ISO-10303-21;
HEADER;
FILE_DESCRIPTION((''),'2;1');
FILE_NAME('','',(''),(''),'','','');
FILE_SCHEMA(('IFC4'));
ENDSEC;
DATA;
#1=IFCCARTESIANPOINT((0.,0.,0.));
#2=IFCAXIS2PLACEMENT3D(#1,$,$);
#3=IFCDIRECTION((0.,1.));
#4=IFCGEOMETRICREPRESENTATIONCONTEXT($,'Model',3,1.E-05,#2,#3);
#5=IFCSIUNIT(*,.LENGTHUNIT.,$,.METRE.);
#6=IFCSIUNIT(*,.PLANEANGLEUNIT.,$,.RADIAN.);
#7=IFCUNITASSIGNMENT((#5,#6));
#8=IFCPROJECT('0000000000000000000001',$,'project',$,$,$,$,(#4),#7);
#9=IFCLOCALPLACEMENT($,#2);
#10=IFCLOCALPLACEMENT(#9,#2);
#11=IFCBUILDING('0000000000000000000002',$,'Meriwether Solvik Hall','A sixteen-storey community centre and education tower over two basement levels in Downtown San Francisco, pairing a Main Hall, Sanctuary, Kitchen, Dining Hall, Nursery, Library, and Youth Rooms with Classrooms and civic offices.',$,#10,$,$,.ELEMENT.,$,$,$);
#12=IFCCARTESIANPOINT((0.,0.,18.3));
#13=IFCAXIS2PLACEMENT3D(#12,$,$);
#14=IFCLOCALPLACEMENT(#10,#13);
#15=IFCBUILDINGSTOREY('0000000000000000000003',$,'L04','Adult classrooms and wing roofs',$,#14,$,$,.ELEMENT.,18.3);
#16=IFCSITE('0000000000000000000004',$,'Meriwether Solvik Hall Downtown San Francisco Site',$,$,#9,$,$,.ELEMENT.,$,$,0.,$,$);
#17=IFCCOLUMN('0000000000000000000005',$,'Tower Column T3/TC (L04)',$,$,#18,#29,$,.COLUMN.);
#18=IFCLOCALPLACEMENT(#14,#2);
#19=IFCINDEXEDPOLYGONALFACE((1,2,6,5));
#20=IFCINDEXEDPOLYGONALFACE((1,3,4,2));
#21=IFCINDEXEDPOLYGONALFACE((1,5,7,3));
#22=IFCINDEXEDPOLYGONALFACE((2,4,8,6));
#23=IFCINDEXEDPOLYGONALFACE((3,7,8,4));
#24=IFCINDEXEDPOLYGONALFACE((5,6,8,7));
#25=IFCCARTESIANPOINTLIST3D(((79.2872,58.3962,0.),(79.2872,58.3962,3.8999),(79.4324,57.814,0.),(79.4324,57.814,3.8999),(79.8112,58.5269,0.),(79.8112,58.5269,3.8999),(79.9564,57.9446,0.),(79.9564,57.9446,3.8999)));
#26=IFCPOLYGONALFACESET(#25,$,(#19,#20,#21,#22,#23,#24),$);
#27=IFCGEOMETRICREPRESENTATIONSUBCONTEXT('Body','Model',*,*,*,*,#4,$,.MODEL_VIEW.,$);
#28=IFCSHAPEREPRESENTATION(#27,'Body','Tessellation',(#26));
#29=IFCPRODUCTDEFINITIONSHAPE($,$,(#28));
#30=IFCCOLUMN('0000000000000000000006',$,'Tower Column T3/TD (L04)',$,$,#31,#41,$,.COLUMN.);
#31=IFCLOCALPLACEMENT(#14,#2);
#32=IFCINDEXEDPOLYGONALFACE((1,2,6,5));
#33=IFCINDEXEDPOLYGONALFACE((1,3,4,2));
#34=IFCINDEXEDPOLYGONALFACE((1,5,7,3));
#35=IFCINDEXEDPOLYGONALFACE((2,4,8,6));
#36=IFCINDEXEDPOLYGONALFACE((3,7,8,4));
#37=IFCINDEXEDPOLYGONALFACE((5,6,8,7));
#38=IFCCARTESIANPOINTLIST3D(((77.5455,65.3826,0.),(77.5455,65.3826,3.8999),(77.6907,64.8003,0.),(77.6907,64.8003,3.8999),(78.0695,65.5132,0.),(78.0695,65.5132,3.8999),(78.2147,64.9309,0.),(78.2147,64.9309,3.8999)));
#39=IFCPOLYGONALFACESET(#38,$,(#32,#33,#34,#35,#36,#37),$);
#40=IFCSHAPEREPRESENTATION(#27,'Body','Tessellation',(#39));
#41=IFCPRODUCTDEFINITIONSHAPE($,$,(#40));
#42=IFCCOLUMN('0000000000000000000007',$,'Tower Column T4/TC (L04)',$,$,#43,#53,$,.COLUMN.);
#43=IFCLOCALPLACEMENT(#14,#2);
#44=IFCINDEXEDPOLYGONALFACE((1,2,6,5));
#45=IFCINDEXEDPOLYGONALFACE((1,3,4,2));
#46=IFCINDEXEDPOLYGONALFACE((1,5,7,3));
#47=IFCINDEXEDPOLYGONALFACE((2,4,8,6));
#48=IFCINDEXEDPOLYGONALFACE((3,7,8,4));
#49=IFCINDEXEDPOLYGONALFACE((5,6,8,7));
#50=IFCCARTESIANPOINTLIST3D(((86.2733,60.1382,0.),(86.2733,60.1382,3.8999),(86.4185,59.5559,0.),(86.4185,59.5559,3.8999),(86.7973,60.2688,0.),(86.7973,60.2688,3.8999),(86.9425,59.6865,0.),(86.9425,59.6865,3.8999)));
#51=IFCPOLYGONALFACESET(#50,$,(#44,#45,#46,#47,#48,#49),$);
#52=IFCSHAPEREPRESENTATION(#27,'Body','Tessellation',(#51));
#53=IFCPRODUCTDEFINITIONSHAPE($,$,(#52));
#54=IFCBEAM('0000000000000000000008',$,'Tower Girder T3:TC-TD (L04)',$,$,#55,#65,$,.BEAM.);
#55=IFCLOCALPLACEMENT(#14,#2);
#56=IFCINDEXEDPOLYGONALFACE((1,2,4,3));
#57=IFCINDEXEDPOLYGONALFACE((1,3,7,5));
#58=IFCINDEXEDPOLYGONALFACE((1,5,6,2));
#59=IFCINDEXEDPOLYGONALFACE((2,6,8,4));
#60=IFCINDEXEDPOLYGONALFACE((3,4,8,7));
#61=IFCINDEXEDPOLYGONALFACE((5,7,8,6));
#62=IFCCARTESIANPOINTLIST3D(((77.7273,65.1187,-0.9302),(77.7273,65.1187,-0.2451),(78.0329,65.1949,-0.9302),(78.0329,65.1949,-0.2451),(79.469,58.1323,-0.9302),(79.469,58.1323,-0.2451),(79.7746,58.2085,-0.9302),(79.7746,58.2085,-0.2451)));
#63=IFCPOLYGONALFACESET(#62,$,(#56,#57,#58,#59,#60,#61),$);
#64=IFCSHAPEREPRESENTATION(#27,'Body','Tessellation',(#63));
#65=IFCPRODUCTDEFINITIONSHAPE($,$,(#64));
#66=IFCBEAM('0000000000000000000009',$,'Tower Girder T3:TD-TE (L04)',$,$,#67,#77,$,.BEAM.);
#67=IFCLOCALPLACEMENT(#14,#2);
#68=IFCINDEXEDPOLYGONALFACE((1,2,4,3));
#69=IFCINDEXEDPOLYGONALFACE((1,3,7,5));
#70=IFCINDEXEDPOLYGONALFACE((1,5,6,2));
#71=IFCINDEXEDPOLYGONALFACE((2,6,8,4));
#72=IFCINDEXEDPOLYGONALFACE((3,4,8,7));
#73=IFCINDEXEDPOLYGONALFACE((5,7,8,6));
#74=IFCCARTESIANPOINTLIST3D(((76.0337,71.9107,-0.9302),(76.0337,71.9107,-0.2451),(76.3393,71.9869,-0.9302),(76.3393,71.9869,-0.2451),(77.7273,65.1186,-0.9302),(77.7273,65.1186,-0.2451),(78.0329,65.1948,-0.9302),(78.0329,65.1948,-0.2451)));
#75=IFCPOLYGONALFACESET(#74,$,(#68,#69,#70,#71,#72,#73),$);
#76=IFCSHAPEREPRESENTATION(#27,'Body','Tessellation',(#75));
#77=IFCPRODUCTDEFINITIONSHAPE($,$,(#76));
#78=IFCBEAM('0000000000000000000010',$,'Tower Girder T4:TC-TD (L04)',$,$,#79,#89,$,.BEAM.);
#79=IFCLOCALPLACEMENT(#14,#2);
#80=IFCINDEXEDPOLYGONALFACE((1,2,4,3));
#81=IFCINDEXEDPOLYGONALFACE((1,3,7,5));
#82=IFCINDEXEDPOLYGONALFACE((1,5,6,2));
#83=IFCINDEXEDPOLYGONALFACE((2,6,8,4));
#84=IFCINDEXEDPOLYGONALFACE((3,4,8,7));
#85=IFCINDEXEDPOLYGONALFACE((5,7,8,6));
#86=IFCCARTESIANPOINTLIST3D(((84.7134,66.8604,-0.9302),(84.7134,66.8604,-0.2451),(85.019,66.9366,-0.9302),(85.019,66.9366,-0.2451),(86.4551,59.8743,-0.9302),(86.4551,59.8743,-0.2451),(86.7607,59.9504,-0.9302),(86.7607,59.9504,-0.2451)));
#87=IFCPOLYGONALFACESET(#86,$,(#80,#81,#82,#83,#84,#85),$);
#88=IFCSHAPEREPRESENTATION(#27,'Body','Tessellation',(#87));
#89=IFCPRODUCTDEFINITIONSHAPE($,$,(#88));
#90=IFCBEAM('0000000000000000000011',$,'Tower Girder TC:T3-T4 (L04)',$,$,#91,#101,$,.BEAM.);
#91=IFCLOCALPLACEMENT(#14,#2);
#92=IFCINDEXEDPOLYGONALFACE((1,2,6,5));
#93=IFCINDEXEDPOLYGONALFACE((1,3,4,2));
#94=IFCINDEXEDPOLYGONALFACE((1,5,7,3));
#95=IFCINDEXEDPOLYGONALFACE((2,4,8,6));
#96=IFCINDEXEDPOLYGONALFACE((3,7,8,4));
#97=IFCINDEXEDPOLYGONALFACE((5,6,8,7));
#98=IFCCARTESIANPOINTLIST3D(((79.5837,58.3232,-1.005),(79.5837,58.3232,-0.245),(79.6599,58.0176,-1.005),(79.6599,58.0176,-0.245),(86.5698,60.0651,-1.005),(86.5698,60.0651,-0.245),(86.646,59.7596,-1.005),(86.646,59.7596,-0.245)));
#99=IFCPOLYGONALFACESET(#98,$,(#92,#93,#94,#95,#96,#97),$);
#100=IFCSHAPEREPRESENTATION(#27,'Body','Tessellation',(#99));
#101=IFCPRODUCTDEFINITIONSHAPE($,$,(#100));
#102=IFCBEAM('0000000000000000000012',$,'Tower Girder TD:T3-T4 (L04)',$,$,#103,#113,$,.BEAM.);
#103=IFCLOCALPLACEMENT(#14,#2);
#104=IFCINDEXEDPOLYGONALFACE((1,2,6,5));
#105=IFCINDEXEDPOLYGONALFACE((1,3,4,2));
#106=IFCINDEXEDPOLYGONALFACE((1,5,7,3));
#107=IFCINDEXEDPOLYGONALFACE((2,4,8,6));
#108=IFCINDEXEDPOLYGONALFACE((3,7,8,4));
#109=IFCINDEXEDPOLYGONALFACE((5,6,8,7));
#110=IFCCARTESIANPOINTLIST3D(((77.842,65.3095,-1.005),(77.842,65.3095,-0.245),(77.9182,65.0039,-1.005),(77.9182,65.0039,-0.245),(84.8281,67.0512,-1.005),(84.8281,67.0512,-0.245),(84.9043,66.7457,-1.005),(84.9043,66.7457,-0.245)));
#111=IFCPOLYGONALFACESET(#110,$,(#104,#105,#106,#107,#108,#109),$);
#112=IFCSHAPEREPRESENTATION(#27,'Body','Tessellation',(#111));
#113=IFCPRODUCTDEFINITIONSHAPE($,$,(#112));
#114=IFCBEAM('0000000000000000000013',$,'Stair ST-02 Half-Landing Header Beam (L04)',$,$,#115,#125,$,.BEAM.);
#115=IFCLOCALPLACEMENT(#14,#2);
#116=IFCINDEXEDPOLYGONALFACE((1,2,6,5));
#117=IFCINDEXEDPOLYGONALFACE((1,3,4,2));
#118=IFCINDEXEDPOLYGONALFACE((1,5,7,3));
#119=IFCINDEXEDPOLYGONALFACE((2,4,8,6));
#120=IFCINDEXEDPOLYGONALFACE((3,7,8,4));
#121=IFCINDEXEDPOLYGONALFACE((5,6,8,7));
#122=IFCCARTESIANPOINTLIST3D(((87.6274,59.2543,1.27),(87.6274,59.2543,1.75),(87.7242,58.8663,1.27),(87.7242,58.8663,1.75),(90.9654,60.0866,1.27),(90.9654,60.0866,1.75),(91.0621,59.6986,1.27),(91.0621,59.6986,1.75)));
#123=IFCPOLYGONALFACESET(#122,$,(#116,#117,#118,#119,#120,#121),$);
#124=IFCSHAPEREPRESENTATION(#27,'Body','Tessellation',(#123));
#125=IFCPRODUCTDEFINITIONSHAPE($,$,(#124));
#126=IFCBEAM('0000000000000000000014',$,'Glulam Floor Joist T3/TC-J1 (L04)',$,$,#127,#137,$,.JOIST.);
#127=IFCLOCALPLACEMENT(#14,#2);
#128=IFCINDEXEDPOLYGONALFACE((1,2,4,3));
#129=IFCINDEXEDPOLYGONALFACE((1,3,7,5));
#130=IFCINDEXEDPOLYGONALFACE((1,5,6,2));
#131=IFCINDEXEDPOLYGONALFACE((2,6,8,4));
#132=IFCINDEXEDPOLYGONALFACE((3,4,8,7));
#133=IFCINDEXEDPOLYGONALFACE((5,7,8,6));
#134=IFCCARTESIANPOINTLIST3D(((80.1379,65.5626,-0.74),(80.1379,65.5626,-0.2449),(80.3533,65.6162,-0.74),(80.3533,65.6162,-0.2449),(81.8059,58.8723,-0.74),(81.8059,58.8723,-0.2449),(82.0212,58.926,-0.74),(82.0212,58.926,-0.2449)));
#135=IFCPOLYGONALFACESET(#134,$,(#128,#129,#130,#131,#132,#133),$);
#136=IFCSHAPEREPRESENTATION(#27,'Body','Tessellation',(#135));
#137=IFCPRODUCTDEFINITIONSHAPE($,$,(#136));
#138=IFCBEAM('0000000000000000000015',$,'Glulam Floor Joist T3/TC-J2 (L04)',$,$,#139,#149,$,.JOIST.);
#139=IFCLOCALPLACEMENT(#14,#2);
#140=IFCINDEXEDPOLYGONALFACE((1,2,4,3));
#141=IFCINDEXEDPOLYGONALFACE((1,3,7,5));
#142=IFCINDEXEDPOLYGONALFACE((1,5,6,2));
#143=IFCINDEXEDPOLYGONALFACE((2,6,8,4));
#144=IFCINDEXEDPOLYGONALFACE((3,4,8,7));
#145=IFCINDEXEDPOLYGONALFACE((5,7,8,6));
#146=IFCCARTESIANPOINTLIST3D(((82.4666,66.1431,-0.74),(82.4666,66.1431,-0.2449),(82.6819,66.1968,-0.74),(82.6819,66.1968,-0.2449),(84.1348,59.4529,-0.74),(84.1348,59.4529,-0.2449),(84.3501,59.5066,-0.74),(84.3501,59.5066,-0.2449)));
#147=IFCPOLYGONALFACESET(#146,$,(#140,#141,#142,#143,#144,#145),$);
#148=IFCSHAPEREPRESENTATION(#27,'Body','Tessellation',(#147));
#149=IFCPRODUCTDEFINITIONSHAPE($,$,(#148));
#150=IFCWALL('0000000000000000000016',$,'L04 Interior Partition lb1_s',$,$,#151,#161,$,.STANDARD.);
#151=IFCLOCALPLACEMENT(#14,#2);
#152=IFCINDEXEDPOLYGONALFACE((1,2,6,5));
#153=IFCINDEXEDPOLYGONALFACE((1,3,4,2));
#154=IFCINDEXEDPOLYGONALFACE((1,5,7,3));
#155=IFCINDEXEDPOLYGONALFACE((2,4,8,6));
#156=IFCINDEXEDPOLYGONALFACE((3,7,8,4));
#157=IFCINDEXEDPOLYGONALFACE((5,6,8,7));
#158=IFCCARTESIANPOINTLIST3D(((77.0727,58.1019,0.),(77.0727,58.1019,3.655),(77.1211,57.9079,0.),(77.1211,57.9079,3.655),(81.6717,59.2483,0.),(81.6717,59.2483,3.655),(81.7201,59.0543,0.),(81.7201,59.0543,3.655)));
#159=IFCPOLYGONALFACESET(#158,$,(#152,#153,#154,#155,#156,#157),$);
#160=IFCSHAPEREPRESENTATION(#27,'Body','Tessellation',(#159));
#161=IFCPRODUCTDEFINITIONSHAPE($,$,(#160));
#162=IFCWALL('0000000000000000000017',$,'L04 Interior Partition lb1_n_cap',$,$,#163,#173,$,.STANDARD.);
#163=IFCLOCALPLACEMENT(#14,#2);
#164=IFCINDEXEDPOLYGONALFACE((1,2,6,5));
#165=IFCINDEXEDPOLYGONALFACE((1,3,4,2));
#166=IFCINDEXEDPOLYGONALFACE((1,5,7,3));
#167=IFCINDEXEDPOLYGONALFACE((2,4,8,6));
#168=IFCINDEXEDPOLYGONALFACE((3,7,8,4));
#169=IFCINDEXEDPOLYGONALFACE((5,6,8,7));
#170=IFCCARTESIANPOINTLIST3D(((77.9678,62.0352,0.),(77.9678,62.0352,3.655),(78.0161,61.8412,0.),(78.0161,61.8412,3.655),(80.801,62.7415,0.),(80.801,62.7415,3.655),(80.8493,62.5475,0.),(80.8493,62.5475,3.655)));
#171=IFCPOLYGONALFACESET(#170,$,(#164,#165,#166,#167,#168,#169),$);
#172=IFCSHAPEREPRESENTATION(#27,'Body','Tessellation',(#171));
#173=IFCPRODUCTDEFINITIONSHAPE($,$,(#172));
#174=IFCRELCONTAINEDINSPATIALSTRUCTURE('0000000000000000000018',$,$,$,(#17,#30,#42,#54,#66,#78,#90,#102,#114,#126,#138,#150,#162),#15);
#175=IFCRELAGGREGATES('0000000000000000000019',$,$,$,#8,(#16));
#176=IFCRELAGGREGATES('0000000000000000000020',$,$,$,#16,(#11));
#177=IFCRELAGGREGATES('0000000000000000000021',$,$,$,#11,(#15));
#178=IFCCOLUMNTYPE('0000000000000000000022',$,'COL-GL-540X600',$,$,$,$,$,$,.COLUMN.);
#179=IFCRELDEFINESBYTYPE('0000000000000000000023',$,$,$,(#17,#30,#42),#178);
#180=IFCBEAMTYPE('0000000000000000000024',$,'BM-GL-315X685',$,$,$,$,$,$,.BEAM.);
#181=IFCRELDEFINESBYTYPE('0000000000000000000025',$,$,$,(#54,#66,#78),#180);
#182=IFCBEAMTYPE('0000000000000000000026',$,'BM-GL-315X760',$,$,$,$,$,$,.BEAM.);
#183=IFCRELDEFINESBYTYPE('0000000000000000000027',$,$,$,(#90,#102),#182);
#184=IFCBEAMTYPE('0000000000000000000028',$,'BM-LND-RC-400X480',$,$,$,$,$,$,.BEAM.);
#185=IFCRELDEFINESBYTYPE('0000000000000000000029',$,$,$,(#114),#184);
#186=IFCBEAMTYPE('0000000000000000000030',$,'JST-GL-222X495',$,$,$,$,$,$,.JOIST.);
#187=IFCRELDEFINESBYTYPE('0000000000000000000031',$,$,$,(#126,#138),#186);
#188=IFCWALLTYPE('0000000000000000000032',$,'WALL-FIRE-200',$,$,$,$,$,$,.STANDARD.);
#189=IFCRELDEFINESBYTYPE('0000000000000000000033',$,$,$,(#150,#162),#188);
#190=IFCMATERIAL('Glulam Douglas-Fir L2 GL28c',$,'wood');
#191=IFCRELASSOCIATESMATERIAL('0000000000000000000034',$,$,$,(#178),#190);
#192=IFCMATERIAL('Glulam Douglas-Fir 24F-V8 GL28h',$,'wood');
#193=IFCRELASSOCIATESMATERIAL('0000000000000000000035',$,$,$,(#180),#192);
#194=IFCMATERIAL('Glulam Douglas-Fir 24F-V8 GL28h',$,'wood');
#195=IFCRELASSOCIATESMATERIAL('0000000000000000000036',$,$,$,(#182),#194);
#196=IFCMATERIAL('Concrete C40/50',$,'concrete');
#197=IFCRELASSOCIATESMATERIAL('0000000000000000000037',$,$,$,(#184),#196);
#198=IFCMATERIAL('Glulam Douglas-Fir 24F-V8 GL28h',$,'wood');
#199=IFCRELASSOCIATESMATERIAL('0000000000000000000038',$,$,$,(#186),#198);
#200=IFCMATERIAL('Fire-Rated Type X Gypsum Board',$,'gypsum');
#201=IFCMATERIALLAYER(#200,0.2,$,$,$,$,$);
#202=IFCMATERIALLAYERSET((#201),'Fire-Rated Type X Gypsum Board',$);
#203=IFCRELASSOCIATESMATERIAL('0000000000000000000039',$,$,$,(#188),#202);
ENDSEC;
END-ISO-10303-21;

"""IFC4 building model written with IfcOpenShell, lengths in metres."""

from ifc_helpers import new_model, si_unit, direction, frame, frame_2d, origin, origin_2d, place, context, subcontext, project, spatial, rectangle, extrude, material, layer, layer_set, material_profile, profile_set, type_object, element, save


model = new_model("IFC4")

# Units and contexts
model_context = context("Model", 3, precision=1e-05, world=origin(), true_north=direction((0.0, 1.0)))
body_context = subcontext(model_context, "Body", "Model", "MODEL_VIEW")
ifc_project = project(units=[si_unit("LENGTHUNIT", "METRE"), si_unit("PLANEANGLEUNIT", "RADIAN")], contexts=[model_context])

# Site, building, storey
site_placement = place(None, origin())
site = spatial("IfcSite", under=ifc_project, at=site_placement, Name="Meriwether Solvik Hall Downtown San Francisco Site", CompositionType="ELEMENT", RefElevation=0.0)
building_placement = place(site_placement, origin())
building = spatial("IfcBuilding", under=site, at=building_placement, Name="Meriwether Solvik Hall", Description="A sixteen-storey community centre and education tower over two basement levels in Downtown San Francisco, pairing a Main Hall, Sanctuary, Kitchen, Dining Hall, Nursery, Library, and Youth Rooms with Classrooms and civic offices.", CompositionType="ELEMENT")
storey_placement = place(building_placement, frame((0.0, 0.0, 18.3)))
storey = spatial("IfcBuildingStorey", under=building, at=storey_placement, Name="L04", Description="Adult classrooms and wing roofs", CompositionType="ELEMENT", Elevation=18.3)

# Columns
ifc_material_1 = material(Name="Glulam Douglas-Fir L2 GL28c", Category="wood")
ifc_material_profile_1 = material_profile(ifc_material_1, rectangle(XDim=0.54, YDim=0.6001, at=origin_2d()), Name="GLC-540X600")
ifc_profile_set_1 = profile_set([ifc_material_profile_1], Name="Glulam Douglas-Fir L2 GL28c")
column_type = type_object("IfcColumnType", Name="COL-GL-540X600", PredefinedType="COLUMN", material=ifc_profile_set_1)
for number, where, z_axis, x_axis, name in (
    (1, (79.6218, 58.1704, 0.0), (0.0, 0.0, 1.0), (0.970296, 0.241922, 0.0), "Tower Column T3/TC (L04)"),
    (2, (77.8801, 65.1567, 0.0), (0.0, 0.0, 1.0), (0.970296, 0.241922, 0.0), "Tower Column T3/TD (L04)"),
    (3, (86.6079, 59.9124, 0.0), (0.0, 0.0, 1.0), (0.970296, 0.241922, 0.0), "Tower Column T4/TC (L04)"),
):
    element("IfcColumn", number, at=place(storey_placement, frame(where, z_axis=z_axis, x_axis=x_axis)), inside=storey, type_object=column_type, Name=name, PredefinedType="COLUMN", context=body_context, shape_type="SweptSolid", body=[
        extrude(rectangle(XDim=0.54, YDim=0.6001, at=origin_2d()), origin(), (0.0, 0.0, 1.0), 3.8999),
    ])

# Beams
ifc_material_2 = material(Name="Glulam Douglas-Fir 24F-V8 GL28h", Category="wood")
ifc_material_profile_2 = material_profile(ifc_material_2, rectangle(XDim=0.3149, YDim=0.6851, at=origin_2d()), Name="GLB-315X685")
ifc_profile_set_2 = profile_set([ifc_material_profile_2], Name="Glulam Douglas-Fir 24F-V8 GL28h")
beam_type_1 = type_object("IfcBeamType", Name="BM-GL-315X685", PredefinedType="BEAM", material=ifc_profile_set_2)
beam_1_placement = place(storey_placement, frame((79.6218, 58.1704, -0.5876), z_axis=(-0.241897, 0.970302, 0.0), x_axis=(-0.970302, -0.241897, 0.0)))
element("IfcBeam", 4, at=beam_1_placement, inside=storey, type_object=beam_type_1, Name="Tower Girder T3:TC-TD (L04)", PredefinedType="BEAM", context=body_context, shape_type="SweptSolid", body=[
    extrude(rectangle(XDim=0.3149, YDim=0.6851, at=origin_2d()), origin(), (0.0, 0.0, 1.0), 7.2002),
])
beam_2_placement = place(storey_placement, frame((77.8801, 65.1567, -0.5876), z_axis=(-0.241945, 0.97029, 0.0), x_axis=(-0.97029, -0.241945, 0.0)))
element("IfcBeam", 5, at=beam_2_placement, inside=storey, type_object=beam_type_1, Name="Tower Girder T3:TD-TE (L04)", PredefinedType="BEAM", context=body_context, shape_type="SweptSolid", body=[
    extrude(rectangle(XDim=0.3149, YDim=0.6851, at=origin_2d()), origin(), (0.0, 0.0, 1.0), 7.0),
])
beam_3_placement = place(storey_placement, frame((86.6079, 59.9124, -0.5876), z_axis=(-0.241905, 0.9703, 0.0), x_axis=(-0.9703, -0.241905, 0.0)))
element("IfcBeam", 6, at=beam_3_placement, inside=storey, type_object=beam_type_1, Name="Tower Girder T4:TC-TD (L04)", PredefinedType="BEAM", context=body_context, shape_type="SweptSolid", body=[
    extrude(rectangle(XDim=0.3149, YDim=0.6851, at=origin_2d()), origin(), (0.0, 0.0, 1.0), 7.2),
])
ifc_material_3 = material(Name="Glulam Douglas-Fir 24F-V8 GL28h", Category="wood")
ifc_material_profile_3 = material_profile(ifc_material_3, rectangle(XDim=0.3149, YDim=0.76, at=origin_2d()), Name="GLB-315X760")
ifc_profile_set_3 = profile_set([ifc_material_profile_3], Name="Glulam Douglas-Fir 24F-V8 GL28h")
beam_type_2 = type_object("IfcBeamType", Name="BM-GL-315X760", PredefinedType="BEAM", material=ifc_profile_set_3)
for number, where, z_axis, x_axis, name in (
    (7, (79.6218, 58.1704, -0.625), (0.970292, 0.241937, 0.0), (-0.241937, 0.970292, 0.0), "Tower Girder TC:T3-T4 (L04)"),
    (8, (77.8801, 65.1567, -0.625), (0.9703, 0.241905, 0.0), (-0.241905, 0.9703, 0.0), "Tower Girder TD:T3-T4 (L04)"),
):
    element("IfcBeam", number, at=place(storey_placement, frame(where, z_axis=z_axis, x_axis=x_axis)), inside=storey, type_object=beam_type_2, Name=name, PredefinedType="BEAM", context=body_context, shape_type="SweptSolid", body=[
        extrude(rectangle(XDim=0.3149, YDim=0.76, at=origin_2d()), origin(), (0.0, 0.0, 1.0), 7.2),
    ])
ifc_material_4 = material(Name="Concrete C40/50", Category="concrete")
ifc_material_profile_4 = material_profile(ifc_material_4, rectangle(XDim=0.3999, YDim=0.48, at=origin_2d()), Name="RCB-400X480")
ifc_profile_set_4 = profile_set([ifc_material_profile_4], Name="Concrete C40/50")
beam_type_3 = type_object("IfcBeamType", Name="BM-LND-RC-400X480", PredefinedType="BEAM", material=ifc_profile_set_4)
beam_4_placement = place(storey_placement, frame((87.6758, 59.0603, 1.51), z_axis=(0.970293, 0.241934, 0.0), x_axis=(-0.241934, 0.970293, 0.0)))
element("IfcBeam", 9, at=beam_4_placement, inside=storey, type_object=beam_type_3, Name="Stair ST-02 Half-Landing Header Beam (L04)", PredefinedType="BEAM", context=body_context, shape_type="SweptSolid", body=[
    extrude(rectangle(XDim=0.3999, YDim=0.48, at=origin_2d()), origin(), (0.0, 0.0, 1.0), 3.4402),
])
ifc_material_5 = material(Name="Glulam Douglas-Fir 24F-V8 GL28h", Category="wood")
ifc_material_profile_5 = material_profile(ifc_material_5, rectangle(XDim=0.2219, YDim=0.4951, at=origin_2d()), Name="GLJ-222X495")
ifc_profile_set_5 = profile_set([ifc_material_profile_5], Name="Glulam Douglas-Fir 24F-V8 GL28h")
beam_type_4 = type_object("IfcBeamType", Name="JST-GL-222X495", PredefinedType="JOIST", material=ifc_profile_set_5)
for number, where, z_axis, x_axis, name in (
    (10, (81.9136, 58.8992, -0.4924), (-0.241911, 0.970299, 0.0), (-0.970299, -0.241911, 0.0), "Glulam Floor Joist T3/TC-J1 (L04)"),
    (11, (84.2424, 59.4797, -0.4924), (-0.241944, 0.97029, 0.0), (-0.97029, -0.241944, 0.0), "Glulam Floor Joist T3/TC-J2 (L04)"),
):
    element("IfcBeam", number, at=place(storey_placement, frame(where, z_axis=z_axis, x_axis=x_axis)), inside=storey, type_object=beam_type_4, Name=name, PredefinedType="JOIST", context=body_context, shape_type="SweptSolid", body=[
        extrude(rectangle(XDim=0.2219, YDim=0.4951, at=origin_2d()), origin(), (0.0, 0.0, 1.0), 6.895),
    ])

# Walls
ifc_material_6 = material(Name="Fire-Rated Type X Gypsum Board", Category="gypsum")
ifc_layer_1 = layer(ifc_material_6, 0.2)
ifc_layer_set_1 = layer_set([ifc_layer_1], Name="Fire-Rated Type X Gypsum Board")
wall_type_1 = type_object("IfcWallType", Name="WALL-FIRE-200", PredefinedType="STANDARD", material=ifc_layer_set_1)
wall_1_placement = place(storey_placement, frame((77.0969, 58.0049, 0.0), z_axis=(0.0, 0.0, 1.0), x_axis=(0.970306, 0.241881, 0.0)))
element("IfcWall", 12, at=wall_1_placement, inside=storey, type_object=wall_type_1, Name="L04 Interior Partition lb1_s", PredefinedType="STANDARD", context=body_context, shape_type="SweptSolid", body=[
    extrude(rectangle(XDim=4.7397, YDim=0.2, at=frame_2d((2.3699, 0.0))), origin(), (0.0, 0.0, 1.0), 3.655),
])
wall_2_placement = place(storey_placement, frame((77.9919, 61.9382, 0.0), z_axis=(0.0, 0.0, 1.0), x_axis=(0.970305, 0.241886, 0.0)))
element("IfcWall", 13, at=wall_2_placement, inside=storey, type_object=wall_type_1, Name="L04 Interior Partition lb1_n_cap", PredefinedType="STANDARD", context=body_context, shape_type="SweptSolid", body=[
    extrude(rectangle(XDim=2.9199, YDim=0.2, at=frame_2d((1.46, 0.0))), origin(), (0.0, 0.0, 1.0), 3.655),
])

save(model, "model.ifc")
